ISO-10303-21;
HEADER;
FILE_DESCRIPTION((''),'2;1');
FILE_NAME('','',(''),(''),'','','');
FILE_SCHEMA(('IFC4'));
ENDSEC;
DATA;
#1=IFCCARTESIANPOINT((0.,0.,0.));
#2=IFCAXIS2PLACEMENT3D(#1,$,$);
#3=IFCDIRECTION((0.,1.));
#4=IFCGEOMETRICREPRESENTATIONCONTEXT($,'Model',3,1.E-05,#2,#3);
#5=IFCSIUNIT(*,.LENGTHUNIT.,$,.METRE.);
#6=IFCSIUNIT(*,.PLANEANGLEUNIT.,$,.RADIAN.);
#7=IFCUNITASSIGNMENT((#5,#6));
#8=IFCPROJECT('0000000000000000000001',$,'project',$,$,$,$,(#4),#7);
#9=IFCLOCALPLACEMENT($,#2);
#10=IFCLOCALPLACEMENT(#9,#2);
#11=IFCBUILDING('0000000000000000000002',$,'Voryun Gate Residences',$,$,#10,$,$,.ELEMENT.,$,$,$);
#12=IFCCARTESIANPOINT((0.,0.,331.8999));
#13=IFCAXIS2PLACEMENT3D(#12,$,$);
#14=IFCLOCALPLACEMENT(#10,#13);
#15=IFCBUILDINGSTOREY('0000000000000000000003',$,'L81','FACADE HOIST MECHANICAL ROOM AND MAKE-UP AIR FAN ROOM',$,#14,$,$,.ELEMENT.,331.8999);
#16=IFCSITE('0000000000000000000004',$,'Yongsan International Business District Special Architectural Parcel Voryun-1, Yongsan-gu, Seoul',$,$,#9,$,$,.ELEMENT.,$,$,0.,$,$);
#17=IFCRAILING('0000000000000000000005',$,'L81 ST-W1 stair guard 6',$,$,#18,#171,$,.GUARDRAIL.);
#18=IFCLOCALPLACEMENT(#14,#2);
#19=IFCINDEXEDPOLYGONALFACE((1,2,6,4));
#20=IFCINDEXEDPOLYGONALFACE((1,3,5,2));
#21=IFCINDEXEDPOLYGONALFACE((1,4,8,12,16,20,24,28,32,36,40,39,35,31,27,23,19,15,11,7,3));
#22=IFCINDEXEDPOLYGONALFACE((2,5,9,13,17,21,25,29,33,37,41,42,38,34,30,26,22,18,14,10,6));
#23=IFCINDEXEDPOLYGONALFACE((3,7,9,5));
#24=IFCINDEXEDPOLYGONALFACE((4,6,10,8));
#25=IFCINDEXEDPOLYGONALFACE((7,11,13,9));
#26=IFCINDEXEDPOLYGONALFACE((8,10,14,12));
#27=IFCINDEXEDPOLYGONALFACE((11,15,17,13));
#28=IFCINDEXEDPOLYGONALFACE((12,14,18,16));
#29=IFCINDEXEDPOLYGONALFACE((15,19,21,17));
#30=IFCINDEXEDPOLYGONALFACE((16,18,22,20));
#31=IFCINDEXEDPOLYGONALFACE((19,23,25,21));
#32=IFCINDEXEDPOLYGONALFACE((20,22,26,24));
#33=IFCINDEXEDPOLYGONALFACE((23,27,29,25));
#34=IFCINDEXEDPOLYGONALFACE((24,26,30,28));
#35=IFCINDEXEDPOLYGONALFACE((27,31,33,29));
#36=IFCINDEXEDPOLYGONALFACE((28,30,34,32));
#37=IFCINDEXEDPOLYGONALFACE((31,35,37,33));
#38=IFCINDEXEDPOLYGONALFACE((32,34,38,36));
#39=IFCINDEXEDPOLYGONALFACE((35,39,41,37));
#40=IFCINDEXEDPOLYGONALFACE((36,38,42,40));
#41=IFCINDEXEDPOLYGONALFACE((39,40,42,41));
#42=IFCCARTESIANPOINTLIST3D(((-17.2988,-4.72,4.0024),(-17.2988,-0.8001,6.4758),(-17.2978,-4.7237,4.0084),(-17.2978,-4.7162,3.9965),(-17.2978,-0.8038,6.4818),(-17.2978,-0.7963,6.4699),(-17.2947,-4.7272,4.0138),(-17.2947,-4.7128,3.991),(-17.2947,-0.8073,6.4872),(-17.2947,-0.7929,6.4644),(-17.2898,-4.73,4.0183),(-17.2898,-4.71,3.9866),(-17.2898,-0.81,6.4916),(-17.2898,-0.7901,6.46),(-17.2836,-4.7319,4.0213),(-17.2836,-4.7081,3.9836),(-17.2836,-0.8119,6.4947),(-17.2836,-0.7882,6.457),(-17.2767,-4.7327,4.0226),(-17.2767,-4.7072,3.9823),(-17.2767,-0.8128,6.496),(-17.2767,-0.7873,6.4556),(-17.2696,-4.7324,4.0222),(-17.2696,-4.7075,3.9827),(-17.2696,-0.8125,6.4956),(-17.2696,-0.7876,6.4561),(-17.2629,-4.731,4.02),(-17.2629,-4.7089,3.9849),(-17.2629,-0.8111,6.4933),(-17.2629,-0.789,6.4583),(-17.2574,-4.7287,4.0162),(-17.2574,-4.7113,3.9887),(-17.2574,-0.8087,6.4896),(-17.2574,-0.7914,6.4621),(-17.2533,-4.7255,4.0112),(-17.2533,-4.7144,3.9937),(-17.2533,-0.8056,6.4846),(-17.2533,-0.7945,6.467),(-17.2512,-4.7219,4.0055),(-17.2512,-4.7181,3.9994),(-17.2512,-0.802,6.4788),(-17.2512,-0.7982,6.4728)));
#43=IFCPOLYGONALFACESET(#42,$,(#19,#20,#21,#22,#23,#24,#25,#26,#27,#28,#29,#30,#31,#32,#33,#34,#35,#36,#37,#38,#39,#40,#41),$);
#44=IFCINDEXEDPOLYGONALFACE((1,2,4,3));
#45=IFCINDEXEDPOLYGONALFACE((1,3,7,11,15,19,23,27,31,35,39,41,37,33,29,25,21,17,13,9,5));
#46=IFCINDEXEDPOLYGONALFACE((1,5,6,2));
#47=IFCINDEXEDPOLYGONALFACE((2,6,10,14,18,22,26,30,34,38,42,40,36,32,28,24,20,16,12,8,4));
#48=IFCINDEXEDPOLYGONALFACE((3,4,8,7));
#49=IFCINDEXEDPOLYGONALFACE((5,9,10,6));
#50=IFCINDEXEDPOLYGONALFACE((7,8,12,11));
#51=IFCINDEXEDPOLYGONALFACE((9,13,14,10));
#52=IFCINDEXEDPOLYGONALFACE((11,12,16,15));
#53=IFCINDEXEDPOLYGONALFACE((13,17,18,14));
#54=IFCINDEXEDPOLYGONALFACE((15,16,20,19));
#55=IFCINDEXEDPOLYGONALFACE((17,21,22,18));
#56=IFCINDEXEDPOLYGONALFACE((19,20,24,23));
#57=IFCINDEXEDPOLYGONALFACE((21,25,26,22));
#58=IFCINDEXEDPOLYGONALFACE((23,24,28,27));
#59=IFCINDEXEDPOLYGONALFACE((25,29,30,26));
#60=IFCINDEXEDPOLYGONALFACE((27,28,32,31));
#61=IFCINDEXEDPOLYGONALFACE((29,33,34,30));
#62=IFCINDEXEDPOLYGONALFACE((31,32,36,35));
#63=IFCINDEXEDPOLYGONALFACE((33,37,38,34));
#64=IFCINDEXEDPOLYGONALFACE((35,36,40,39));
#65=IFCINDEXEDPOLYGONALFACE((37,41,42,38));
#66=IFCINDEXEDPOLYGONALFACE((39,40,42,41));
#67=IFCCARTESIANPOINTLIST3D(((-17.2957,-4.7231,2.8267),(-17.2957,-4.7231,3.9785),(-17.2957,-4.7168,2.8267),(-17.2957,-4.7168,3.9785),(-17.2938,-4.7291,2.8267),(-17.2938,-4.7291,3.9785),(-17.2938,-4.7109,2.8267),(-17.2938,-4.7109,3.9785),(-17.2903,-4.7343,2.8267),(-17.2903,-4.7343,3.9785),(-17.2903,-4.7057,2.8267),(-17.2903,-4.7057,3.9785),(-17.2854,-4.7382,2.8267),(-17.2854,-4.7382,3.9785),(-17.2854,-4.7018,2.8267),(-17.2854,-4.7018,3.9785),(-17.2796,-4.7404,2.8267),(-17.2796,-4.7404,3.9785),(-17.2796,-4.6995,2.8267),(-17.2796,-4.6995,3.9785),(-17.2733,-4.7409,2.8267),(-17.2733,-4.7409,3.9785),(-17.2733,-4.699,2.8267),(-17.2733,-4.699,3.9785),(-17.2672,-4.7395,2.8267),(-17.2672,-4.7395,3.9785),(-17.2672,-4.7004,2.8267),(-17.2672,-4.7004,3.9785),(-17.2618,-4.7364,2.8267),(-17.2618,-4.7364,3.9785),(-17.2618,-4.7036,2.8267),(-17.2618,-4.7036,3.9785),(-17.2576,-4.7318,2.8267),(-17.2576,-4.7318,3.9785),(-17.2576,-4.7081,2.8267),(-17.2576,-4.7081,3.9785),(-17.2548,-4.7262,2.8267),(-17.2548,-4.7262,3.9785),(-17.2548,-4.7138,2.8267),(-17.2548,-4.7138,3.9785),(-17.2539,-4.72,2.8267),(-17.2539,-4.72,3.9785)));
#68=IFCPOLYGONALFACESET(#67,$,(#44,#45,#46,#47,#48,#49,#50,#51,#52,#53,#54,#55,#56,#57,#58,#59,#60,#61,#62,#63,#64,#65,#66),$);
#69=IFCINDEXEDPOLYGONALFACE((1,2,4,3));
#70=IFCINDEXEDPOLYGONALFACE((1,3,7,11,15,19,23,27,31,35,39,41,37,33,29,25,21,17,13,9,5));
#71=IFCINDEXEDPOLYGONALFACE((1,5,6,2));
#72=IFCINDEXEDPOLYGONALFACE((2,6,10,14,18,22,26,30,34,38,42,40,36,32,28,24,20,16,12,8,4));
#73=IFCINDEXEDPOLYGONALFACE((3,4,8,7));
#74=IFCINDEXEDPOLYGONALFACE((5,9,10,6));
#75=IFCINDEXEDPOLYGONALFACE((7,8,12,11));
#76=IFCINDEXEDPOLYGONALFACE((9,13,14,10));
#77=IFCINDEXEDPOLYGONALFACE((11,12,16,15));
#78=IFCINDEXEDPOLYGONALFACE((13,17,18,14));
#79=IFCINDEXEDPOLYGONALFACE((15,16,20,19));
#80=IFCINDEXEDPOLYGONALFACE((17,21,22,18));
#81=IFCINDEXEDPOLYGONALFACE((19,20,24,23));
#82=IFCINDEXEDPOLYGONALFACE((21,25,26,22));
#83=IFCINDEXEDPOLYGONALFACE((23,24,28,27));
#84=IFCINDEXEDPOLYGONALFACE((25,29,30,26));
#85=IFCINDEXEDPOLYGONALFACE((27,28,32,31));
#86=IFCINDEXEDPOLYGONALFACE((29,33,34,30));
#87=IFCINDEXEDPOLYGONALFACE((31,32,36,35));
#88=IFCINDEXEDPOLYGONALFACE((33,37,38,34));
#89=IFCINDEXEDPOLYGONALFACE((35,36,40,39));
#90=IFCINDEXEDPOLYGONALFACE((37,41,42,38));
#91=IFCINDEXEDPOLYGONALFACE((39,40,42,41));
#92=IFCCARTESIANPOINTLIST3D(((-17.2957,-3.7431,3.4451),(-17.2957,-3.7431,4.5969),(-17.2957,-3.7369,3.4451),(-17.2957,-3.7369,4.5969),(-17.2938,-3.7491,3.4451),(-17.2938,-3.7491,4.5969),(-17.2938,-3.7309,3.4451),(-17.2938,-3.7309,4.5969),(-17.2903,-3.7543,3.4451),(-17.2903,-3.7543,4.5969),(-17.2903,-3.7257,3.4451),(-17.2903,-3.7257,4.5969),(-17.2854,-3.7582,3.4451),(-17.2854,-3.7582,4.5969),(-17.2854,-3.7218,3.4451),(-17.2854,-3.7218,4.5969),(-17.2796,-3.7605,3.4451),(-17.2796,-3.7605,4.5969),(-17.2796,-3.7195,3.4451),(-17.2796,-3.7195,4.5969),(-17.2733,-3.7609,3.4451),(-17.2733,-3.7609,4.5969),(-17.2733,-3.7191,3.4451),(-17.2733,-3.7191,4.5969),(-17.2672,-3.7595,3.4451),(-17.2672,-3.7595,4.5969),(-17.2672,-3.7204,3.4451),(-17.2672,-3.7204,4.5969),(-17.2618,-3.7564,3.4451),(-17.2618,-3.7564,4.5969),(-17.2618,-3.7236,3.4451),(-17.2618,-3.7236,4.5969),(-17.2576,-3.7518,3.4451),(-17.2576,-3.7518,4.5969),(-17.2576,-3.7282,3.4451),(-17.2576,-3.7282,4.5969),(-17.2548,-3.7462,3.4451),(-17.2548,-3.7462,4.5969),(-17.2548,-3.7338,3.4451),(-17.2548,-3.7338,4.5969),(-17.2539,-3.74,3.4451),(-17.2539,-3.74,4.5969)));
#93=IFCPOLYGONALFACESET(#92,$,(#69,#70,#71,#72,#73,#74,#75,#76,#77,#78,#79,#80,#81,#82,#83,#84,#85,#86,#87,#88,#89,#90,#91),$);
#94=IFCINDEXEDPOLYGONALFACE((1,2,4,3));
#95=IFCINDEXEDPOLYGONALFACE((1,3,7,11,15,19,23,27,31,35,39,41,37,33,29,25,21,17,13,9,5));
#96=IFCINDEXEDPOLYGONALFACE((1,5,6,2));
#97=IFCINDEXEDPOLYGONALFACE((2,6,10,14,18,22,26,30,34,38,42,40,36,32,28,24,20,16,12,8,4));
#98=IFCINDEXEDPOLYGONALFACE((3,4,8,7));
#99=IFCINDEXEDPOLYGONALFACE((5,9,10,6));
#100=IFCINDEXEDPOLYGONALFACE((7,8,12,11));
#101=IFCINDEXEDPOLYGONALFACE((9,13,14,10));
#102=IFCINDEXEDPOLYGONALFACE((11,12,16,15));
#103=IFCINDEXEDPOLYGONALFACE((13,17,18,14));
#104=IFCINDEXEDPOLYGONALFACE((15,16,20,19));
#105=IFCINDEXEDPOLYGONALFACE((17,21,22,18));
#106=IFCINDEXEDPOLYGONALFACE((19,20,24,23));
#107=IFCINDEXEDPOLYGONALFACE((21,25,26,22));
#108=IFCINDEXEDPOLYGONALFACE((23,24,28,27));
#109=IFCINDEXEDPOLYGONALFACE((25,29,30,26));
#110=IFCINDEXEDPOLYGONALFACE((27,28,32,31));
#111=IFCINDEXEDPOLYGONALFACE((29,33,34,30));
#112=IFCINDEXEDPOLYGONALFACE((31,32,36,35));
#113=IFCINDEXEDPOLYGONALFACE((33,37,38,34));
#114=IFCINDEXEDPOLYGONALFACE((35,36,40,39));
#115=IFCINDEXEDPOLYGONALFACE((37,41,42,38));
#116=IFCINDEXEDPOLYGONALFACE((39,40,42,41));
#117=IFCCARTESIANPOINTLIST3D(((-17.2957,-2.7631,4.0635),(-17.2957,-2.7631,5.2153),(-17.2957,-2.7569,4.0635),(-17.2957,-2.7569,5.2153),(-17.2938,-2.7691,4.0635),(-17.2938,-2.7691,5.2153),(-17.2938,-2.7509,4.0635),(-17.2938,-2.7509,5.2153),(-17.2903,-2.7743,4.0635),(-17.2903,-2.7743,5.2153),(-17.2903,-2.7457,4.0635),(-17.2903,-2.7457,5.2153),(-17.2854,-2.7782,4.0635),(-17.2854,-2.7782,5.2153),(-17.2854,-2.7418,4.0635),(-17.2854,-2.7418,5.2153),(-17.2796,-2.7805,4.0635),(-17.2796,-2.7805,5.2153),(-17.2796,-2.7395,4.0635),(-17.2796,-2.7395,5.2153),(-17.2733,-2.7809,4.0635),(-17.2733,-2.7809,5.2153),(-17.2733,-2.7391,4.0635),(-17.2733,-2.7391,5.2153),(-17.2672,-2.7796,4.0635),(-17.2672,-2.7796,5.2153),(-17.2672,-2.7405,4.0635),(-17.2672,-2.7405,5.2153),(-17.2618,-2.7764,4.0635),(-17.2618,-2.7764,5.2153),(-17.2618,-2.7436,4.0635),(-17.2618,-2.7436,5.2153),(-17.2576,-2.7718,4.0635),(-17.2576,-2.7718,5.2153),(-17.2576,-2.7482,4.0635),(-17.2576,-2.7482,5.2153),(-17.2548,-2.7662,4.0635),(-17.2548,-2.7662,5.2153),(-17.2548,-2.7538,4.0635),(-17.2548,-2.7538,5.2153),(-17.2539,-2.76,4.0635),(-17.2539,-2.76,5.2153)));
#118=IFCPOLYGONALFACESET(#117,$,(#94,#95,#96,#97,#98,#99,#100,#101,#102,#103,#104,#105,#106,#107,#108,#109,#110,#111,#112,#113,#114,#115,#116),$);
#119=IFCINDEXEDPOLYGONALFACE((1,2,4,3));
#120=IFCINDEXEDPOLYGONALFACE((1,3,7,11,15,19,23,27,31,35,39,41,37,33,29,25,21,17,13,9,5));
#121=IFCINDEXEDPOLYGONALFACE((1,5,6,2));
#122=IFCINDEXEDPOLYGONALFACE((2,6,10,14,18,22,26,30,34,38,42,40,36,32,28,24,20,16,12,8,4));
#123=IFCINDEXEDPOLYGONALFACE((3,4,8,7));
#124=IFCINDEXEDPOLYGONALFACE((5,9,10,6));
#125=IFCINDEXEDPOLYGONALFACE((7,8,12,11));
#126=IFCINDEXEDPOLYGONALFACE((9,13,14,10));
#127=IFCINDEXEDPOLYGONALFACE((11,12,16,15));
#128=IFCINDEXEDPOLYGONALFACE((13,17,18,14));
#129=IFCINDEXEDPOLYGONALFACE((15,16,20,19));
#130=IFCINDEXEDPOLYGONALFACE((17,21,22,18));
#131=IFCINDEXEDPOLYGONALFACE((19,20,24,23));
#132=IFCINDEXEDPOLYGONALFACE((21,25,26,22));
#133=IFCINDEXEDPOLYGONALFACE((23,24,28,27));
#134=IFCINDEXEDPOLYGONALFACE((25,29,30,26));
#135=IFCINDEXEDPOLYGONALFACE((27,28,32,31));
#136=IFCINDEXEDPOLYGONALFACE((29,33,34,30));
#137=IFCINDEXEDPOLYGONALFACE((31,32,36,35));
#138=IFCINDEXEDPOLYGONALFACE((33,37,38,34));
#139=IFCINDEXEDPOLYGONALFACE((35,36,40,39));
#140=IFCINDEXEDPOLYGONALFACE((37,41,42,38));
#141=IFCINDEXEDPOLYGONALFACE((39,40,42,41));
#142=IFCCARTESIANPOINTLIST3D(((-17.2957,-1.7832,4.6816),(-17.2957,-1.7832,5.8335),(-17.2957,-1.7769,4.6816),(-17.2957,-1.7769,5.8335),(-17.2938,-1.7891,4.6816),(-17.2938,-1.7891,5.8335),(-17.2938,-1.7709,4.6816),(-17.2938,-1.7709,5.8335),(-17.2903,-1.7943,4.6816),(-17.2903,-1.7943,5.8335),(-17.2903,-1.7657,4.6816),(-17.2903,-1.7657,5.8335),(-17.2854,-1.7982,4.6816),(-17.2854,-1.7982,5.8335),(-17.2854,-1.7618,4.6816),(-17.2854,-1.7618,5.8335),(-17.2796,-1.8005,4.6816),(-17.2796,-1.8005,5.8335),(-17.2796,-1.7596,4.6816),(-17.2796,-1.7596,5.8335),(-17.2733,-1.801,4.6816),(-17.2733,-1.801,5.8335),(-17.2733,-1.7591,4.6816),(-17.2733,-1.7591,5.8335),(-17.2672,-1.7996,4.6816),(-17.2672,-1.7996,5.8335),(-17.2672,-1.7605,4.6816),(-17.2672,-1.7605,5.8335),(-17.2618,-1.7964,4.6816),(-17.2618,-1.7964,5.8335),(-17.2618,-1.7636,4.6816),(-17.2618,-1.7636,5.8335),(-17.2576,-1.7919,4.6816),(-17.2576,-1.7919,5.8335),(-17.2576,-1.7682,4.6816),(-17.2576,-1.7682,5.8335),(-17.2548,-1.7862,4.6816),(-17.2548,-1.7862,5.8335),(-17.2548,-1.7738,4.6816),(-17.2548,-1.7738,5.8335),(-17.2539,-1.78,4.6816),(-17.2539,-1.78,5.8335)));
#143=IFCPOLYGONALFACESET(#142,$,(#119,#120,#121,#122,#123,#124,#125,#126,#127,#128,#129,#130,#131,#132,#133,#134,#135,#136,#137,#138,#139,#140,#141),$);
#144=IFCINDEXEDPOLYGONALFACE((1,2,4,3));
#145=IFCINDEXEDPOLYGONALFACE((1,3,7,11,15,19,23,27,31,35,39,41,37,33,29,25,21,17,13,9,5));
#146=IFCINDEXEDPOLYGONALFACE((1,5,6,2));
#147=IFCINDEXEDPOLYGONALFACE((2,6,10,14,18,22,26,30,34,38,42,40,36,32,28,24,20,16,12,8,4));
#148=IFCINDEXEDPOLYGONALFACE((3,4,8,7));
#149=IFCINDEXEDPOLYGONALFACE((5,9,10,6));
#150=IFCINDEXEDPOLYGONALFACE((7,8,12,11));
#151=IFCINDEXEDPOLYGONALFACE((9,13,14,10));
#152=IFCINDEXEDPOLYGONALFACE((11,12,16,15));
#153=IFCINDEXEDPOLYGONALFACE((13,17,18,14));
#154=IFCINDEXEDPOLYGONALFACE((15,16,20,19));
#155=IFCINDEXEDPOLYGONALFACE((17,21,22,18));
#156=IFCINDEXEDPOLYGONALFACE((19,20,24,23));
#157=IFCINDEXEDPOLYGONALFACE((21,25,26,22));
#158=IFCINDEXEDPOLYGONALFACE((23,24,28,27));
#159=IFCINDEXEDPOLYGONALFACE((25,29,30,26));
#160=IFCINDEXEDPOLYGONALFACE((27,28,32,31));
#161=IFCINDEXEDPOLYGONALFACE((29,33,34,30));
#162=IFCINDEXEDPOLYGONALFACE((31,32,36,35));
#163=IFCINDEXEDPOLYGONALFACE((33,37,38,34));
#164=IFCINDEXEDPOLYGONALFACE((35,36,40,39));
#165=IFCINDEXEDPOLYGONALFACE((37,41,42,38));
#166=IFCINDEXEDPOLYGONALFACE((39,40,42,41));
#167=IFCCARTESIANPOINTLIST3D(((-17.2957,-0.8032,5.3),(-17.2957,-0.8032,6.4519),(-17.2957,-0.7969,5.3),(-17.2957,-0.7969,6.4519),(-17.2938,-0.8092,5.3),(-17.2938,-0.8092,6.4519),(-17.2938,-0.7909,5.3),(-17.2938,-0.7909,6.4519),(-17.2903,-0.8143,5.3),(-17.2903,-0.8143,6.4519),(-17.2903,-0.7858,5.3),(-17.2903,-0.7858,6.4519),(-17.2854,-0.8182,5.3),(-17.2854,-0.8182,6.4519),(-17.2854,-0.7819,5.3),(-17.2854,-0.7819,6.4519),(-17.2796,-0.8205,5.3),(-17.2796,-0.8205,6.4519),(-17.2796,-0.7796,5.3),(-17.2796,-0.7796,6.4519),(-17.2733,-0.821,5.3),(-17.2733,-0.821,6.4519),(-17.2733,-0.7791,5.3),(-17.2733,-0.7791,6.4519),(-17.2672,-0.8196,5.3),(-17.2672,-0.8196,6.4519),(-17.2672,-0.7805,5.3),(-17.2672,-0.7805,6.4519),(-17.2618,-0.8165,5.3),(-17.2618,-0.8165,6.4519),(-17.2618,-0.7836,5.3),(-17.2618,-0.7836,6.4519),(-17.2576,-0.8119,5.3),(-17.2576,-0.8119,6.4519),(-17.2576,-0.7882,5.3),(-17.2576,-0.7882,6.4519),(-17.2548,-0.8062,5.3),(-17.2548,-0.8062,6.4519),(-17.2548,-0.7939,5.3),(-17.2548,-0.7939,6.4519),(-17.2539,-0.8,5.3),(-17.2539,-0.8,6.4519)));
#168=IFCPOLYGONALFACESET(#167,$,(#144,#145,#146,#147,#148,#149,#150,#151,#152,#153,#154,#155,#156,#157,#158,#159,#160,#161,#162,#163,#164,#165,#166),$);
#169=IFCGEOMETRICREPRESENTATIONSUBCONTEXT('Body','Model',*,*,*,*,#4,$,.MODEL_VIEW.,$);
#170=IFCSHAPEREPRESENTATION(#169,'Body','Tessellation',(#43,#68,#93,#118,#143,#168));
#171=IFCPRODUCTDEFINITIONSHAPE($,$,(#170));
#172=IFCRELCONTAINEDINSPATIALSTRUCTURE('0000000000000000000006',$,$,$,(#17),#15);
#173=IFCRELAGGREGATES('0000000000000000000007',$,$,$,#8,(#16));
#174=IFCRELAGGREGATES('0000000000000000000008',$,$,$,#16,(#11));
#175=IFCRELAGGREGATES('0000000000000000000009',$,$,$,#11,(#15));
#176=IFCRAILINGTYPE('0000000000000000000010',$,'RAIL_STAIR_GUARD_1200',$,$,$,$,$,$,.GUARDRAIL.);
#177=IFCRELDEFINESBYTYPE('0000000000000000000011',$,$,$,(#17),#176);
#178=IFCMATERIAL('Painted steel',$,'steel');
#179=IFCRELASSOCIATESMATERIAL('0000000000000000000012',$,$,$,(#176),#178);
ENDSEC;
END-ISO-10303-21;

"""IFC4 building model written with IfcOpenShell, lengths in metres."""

from ifc_helpers import new_model, si_unit, direction, frame, origin, origin_2d, place, context, subcontext, project, spatial, circle, extrude, material, type_object, element, save


model = new_model("IFC4")

# Units and contexts
model_context = context("Model", 3, precision=1e-05, world=origin(), true_north=direction((0.0, 1.0)))
body_context = subcontext(model_context, "Body", "Model", "MODEL_VIEW")
ifc_project = project(units=[si_unit("LENGTHUNIT", "METRE"), si_unit("PLANEANGLEUNIT", "RADIAN")], contexts=[model_context])

# Site, building, storey
site_placement = place(None, origin())
site = spatial("IfcSite", under=ifc_project, at=site_placement, Name="Yongsan International Business District Special Architectural Parcel Voryun-1, Yongsan-gu, Seoul", CompositionType="ELEMENT", RefElevation=0.0)
building_placement = place(site_placement, origin())
building = spatial("IfcBuilding", under=site, at=building_placement, Name="Voryun Gate Residences", CompositionType="ELEMENT")
storey_placement = place(building_placement, frame((0.0, 0.0, 331.8999)))
storey = spatial("IfcBuildingStorey", under=building, at=storey_placement, Name="L81", Description="FACADE HOIST MECHANICAL ROOM AND MAKE-UP AIR FAN ROOM", CompositionType="ELEMENT", Elevation=331.8999)

# Railing
ifc_material_1 = material(Name="Painted steel", Category="steel")
railing_type_1 = type_object("IfcRailingType", Name="RAIL_STAIR_GUARD_1200", PredefinedType="GUARDRAIL", material=ifc_material_1)
railing_1_placement = place(storey_placement, frame((-17.2749, -4.72, 2.8267)))
element("IfcRailing", 1, at=railing_1_placement, inside=storey, type_object=railing_type_1, Name="L81 ST-W1 stair guard 6", PredefinedType="GUARDRAIL", context=body_context, shape_type="SweptSolid", body=[
    extrude(circle(Radius=0.0239, at=origin_2d()), frame((0.0, 0.0, 1.1758), z_axis=(0.0, 0.845718, 0.53363), x_axis=(-1.0, 0.0, 0.0)), (0.0, 0.0, 1.0), 4.635),
    extrude(circle(Radius=0.021, at=origin_2d()), origin(), (0.0, 0.0, 1.0), 1.1519),
    extrude(circle(Radius=0.021, at=origin_2d()), frame((0.0, 0.98, 0.6184)), (0.0, 0.0, 1.0), 1.1519),
    extrude(circle(Radius=0.021, at=origin_2d()), frame((0.0, 1.96, 1.2368)), (0.0, 0.0, 1.0), 1.1519),
    extrude(circle(Radius=0.021, at=origin_2d()), frame((0.0, 2.9399, 1.855)), (0.0, 0.0, 1.0), 1.1519),
    extrude(circle(Radius=0.021, at=origin_2d()), frame((0.0, 3.9199, 2.4734)), (0.0, 0.0, 1.0), 1.1519),
])

save(model, "model.ifc")
